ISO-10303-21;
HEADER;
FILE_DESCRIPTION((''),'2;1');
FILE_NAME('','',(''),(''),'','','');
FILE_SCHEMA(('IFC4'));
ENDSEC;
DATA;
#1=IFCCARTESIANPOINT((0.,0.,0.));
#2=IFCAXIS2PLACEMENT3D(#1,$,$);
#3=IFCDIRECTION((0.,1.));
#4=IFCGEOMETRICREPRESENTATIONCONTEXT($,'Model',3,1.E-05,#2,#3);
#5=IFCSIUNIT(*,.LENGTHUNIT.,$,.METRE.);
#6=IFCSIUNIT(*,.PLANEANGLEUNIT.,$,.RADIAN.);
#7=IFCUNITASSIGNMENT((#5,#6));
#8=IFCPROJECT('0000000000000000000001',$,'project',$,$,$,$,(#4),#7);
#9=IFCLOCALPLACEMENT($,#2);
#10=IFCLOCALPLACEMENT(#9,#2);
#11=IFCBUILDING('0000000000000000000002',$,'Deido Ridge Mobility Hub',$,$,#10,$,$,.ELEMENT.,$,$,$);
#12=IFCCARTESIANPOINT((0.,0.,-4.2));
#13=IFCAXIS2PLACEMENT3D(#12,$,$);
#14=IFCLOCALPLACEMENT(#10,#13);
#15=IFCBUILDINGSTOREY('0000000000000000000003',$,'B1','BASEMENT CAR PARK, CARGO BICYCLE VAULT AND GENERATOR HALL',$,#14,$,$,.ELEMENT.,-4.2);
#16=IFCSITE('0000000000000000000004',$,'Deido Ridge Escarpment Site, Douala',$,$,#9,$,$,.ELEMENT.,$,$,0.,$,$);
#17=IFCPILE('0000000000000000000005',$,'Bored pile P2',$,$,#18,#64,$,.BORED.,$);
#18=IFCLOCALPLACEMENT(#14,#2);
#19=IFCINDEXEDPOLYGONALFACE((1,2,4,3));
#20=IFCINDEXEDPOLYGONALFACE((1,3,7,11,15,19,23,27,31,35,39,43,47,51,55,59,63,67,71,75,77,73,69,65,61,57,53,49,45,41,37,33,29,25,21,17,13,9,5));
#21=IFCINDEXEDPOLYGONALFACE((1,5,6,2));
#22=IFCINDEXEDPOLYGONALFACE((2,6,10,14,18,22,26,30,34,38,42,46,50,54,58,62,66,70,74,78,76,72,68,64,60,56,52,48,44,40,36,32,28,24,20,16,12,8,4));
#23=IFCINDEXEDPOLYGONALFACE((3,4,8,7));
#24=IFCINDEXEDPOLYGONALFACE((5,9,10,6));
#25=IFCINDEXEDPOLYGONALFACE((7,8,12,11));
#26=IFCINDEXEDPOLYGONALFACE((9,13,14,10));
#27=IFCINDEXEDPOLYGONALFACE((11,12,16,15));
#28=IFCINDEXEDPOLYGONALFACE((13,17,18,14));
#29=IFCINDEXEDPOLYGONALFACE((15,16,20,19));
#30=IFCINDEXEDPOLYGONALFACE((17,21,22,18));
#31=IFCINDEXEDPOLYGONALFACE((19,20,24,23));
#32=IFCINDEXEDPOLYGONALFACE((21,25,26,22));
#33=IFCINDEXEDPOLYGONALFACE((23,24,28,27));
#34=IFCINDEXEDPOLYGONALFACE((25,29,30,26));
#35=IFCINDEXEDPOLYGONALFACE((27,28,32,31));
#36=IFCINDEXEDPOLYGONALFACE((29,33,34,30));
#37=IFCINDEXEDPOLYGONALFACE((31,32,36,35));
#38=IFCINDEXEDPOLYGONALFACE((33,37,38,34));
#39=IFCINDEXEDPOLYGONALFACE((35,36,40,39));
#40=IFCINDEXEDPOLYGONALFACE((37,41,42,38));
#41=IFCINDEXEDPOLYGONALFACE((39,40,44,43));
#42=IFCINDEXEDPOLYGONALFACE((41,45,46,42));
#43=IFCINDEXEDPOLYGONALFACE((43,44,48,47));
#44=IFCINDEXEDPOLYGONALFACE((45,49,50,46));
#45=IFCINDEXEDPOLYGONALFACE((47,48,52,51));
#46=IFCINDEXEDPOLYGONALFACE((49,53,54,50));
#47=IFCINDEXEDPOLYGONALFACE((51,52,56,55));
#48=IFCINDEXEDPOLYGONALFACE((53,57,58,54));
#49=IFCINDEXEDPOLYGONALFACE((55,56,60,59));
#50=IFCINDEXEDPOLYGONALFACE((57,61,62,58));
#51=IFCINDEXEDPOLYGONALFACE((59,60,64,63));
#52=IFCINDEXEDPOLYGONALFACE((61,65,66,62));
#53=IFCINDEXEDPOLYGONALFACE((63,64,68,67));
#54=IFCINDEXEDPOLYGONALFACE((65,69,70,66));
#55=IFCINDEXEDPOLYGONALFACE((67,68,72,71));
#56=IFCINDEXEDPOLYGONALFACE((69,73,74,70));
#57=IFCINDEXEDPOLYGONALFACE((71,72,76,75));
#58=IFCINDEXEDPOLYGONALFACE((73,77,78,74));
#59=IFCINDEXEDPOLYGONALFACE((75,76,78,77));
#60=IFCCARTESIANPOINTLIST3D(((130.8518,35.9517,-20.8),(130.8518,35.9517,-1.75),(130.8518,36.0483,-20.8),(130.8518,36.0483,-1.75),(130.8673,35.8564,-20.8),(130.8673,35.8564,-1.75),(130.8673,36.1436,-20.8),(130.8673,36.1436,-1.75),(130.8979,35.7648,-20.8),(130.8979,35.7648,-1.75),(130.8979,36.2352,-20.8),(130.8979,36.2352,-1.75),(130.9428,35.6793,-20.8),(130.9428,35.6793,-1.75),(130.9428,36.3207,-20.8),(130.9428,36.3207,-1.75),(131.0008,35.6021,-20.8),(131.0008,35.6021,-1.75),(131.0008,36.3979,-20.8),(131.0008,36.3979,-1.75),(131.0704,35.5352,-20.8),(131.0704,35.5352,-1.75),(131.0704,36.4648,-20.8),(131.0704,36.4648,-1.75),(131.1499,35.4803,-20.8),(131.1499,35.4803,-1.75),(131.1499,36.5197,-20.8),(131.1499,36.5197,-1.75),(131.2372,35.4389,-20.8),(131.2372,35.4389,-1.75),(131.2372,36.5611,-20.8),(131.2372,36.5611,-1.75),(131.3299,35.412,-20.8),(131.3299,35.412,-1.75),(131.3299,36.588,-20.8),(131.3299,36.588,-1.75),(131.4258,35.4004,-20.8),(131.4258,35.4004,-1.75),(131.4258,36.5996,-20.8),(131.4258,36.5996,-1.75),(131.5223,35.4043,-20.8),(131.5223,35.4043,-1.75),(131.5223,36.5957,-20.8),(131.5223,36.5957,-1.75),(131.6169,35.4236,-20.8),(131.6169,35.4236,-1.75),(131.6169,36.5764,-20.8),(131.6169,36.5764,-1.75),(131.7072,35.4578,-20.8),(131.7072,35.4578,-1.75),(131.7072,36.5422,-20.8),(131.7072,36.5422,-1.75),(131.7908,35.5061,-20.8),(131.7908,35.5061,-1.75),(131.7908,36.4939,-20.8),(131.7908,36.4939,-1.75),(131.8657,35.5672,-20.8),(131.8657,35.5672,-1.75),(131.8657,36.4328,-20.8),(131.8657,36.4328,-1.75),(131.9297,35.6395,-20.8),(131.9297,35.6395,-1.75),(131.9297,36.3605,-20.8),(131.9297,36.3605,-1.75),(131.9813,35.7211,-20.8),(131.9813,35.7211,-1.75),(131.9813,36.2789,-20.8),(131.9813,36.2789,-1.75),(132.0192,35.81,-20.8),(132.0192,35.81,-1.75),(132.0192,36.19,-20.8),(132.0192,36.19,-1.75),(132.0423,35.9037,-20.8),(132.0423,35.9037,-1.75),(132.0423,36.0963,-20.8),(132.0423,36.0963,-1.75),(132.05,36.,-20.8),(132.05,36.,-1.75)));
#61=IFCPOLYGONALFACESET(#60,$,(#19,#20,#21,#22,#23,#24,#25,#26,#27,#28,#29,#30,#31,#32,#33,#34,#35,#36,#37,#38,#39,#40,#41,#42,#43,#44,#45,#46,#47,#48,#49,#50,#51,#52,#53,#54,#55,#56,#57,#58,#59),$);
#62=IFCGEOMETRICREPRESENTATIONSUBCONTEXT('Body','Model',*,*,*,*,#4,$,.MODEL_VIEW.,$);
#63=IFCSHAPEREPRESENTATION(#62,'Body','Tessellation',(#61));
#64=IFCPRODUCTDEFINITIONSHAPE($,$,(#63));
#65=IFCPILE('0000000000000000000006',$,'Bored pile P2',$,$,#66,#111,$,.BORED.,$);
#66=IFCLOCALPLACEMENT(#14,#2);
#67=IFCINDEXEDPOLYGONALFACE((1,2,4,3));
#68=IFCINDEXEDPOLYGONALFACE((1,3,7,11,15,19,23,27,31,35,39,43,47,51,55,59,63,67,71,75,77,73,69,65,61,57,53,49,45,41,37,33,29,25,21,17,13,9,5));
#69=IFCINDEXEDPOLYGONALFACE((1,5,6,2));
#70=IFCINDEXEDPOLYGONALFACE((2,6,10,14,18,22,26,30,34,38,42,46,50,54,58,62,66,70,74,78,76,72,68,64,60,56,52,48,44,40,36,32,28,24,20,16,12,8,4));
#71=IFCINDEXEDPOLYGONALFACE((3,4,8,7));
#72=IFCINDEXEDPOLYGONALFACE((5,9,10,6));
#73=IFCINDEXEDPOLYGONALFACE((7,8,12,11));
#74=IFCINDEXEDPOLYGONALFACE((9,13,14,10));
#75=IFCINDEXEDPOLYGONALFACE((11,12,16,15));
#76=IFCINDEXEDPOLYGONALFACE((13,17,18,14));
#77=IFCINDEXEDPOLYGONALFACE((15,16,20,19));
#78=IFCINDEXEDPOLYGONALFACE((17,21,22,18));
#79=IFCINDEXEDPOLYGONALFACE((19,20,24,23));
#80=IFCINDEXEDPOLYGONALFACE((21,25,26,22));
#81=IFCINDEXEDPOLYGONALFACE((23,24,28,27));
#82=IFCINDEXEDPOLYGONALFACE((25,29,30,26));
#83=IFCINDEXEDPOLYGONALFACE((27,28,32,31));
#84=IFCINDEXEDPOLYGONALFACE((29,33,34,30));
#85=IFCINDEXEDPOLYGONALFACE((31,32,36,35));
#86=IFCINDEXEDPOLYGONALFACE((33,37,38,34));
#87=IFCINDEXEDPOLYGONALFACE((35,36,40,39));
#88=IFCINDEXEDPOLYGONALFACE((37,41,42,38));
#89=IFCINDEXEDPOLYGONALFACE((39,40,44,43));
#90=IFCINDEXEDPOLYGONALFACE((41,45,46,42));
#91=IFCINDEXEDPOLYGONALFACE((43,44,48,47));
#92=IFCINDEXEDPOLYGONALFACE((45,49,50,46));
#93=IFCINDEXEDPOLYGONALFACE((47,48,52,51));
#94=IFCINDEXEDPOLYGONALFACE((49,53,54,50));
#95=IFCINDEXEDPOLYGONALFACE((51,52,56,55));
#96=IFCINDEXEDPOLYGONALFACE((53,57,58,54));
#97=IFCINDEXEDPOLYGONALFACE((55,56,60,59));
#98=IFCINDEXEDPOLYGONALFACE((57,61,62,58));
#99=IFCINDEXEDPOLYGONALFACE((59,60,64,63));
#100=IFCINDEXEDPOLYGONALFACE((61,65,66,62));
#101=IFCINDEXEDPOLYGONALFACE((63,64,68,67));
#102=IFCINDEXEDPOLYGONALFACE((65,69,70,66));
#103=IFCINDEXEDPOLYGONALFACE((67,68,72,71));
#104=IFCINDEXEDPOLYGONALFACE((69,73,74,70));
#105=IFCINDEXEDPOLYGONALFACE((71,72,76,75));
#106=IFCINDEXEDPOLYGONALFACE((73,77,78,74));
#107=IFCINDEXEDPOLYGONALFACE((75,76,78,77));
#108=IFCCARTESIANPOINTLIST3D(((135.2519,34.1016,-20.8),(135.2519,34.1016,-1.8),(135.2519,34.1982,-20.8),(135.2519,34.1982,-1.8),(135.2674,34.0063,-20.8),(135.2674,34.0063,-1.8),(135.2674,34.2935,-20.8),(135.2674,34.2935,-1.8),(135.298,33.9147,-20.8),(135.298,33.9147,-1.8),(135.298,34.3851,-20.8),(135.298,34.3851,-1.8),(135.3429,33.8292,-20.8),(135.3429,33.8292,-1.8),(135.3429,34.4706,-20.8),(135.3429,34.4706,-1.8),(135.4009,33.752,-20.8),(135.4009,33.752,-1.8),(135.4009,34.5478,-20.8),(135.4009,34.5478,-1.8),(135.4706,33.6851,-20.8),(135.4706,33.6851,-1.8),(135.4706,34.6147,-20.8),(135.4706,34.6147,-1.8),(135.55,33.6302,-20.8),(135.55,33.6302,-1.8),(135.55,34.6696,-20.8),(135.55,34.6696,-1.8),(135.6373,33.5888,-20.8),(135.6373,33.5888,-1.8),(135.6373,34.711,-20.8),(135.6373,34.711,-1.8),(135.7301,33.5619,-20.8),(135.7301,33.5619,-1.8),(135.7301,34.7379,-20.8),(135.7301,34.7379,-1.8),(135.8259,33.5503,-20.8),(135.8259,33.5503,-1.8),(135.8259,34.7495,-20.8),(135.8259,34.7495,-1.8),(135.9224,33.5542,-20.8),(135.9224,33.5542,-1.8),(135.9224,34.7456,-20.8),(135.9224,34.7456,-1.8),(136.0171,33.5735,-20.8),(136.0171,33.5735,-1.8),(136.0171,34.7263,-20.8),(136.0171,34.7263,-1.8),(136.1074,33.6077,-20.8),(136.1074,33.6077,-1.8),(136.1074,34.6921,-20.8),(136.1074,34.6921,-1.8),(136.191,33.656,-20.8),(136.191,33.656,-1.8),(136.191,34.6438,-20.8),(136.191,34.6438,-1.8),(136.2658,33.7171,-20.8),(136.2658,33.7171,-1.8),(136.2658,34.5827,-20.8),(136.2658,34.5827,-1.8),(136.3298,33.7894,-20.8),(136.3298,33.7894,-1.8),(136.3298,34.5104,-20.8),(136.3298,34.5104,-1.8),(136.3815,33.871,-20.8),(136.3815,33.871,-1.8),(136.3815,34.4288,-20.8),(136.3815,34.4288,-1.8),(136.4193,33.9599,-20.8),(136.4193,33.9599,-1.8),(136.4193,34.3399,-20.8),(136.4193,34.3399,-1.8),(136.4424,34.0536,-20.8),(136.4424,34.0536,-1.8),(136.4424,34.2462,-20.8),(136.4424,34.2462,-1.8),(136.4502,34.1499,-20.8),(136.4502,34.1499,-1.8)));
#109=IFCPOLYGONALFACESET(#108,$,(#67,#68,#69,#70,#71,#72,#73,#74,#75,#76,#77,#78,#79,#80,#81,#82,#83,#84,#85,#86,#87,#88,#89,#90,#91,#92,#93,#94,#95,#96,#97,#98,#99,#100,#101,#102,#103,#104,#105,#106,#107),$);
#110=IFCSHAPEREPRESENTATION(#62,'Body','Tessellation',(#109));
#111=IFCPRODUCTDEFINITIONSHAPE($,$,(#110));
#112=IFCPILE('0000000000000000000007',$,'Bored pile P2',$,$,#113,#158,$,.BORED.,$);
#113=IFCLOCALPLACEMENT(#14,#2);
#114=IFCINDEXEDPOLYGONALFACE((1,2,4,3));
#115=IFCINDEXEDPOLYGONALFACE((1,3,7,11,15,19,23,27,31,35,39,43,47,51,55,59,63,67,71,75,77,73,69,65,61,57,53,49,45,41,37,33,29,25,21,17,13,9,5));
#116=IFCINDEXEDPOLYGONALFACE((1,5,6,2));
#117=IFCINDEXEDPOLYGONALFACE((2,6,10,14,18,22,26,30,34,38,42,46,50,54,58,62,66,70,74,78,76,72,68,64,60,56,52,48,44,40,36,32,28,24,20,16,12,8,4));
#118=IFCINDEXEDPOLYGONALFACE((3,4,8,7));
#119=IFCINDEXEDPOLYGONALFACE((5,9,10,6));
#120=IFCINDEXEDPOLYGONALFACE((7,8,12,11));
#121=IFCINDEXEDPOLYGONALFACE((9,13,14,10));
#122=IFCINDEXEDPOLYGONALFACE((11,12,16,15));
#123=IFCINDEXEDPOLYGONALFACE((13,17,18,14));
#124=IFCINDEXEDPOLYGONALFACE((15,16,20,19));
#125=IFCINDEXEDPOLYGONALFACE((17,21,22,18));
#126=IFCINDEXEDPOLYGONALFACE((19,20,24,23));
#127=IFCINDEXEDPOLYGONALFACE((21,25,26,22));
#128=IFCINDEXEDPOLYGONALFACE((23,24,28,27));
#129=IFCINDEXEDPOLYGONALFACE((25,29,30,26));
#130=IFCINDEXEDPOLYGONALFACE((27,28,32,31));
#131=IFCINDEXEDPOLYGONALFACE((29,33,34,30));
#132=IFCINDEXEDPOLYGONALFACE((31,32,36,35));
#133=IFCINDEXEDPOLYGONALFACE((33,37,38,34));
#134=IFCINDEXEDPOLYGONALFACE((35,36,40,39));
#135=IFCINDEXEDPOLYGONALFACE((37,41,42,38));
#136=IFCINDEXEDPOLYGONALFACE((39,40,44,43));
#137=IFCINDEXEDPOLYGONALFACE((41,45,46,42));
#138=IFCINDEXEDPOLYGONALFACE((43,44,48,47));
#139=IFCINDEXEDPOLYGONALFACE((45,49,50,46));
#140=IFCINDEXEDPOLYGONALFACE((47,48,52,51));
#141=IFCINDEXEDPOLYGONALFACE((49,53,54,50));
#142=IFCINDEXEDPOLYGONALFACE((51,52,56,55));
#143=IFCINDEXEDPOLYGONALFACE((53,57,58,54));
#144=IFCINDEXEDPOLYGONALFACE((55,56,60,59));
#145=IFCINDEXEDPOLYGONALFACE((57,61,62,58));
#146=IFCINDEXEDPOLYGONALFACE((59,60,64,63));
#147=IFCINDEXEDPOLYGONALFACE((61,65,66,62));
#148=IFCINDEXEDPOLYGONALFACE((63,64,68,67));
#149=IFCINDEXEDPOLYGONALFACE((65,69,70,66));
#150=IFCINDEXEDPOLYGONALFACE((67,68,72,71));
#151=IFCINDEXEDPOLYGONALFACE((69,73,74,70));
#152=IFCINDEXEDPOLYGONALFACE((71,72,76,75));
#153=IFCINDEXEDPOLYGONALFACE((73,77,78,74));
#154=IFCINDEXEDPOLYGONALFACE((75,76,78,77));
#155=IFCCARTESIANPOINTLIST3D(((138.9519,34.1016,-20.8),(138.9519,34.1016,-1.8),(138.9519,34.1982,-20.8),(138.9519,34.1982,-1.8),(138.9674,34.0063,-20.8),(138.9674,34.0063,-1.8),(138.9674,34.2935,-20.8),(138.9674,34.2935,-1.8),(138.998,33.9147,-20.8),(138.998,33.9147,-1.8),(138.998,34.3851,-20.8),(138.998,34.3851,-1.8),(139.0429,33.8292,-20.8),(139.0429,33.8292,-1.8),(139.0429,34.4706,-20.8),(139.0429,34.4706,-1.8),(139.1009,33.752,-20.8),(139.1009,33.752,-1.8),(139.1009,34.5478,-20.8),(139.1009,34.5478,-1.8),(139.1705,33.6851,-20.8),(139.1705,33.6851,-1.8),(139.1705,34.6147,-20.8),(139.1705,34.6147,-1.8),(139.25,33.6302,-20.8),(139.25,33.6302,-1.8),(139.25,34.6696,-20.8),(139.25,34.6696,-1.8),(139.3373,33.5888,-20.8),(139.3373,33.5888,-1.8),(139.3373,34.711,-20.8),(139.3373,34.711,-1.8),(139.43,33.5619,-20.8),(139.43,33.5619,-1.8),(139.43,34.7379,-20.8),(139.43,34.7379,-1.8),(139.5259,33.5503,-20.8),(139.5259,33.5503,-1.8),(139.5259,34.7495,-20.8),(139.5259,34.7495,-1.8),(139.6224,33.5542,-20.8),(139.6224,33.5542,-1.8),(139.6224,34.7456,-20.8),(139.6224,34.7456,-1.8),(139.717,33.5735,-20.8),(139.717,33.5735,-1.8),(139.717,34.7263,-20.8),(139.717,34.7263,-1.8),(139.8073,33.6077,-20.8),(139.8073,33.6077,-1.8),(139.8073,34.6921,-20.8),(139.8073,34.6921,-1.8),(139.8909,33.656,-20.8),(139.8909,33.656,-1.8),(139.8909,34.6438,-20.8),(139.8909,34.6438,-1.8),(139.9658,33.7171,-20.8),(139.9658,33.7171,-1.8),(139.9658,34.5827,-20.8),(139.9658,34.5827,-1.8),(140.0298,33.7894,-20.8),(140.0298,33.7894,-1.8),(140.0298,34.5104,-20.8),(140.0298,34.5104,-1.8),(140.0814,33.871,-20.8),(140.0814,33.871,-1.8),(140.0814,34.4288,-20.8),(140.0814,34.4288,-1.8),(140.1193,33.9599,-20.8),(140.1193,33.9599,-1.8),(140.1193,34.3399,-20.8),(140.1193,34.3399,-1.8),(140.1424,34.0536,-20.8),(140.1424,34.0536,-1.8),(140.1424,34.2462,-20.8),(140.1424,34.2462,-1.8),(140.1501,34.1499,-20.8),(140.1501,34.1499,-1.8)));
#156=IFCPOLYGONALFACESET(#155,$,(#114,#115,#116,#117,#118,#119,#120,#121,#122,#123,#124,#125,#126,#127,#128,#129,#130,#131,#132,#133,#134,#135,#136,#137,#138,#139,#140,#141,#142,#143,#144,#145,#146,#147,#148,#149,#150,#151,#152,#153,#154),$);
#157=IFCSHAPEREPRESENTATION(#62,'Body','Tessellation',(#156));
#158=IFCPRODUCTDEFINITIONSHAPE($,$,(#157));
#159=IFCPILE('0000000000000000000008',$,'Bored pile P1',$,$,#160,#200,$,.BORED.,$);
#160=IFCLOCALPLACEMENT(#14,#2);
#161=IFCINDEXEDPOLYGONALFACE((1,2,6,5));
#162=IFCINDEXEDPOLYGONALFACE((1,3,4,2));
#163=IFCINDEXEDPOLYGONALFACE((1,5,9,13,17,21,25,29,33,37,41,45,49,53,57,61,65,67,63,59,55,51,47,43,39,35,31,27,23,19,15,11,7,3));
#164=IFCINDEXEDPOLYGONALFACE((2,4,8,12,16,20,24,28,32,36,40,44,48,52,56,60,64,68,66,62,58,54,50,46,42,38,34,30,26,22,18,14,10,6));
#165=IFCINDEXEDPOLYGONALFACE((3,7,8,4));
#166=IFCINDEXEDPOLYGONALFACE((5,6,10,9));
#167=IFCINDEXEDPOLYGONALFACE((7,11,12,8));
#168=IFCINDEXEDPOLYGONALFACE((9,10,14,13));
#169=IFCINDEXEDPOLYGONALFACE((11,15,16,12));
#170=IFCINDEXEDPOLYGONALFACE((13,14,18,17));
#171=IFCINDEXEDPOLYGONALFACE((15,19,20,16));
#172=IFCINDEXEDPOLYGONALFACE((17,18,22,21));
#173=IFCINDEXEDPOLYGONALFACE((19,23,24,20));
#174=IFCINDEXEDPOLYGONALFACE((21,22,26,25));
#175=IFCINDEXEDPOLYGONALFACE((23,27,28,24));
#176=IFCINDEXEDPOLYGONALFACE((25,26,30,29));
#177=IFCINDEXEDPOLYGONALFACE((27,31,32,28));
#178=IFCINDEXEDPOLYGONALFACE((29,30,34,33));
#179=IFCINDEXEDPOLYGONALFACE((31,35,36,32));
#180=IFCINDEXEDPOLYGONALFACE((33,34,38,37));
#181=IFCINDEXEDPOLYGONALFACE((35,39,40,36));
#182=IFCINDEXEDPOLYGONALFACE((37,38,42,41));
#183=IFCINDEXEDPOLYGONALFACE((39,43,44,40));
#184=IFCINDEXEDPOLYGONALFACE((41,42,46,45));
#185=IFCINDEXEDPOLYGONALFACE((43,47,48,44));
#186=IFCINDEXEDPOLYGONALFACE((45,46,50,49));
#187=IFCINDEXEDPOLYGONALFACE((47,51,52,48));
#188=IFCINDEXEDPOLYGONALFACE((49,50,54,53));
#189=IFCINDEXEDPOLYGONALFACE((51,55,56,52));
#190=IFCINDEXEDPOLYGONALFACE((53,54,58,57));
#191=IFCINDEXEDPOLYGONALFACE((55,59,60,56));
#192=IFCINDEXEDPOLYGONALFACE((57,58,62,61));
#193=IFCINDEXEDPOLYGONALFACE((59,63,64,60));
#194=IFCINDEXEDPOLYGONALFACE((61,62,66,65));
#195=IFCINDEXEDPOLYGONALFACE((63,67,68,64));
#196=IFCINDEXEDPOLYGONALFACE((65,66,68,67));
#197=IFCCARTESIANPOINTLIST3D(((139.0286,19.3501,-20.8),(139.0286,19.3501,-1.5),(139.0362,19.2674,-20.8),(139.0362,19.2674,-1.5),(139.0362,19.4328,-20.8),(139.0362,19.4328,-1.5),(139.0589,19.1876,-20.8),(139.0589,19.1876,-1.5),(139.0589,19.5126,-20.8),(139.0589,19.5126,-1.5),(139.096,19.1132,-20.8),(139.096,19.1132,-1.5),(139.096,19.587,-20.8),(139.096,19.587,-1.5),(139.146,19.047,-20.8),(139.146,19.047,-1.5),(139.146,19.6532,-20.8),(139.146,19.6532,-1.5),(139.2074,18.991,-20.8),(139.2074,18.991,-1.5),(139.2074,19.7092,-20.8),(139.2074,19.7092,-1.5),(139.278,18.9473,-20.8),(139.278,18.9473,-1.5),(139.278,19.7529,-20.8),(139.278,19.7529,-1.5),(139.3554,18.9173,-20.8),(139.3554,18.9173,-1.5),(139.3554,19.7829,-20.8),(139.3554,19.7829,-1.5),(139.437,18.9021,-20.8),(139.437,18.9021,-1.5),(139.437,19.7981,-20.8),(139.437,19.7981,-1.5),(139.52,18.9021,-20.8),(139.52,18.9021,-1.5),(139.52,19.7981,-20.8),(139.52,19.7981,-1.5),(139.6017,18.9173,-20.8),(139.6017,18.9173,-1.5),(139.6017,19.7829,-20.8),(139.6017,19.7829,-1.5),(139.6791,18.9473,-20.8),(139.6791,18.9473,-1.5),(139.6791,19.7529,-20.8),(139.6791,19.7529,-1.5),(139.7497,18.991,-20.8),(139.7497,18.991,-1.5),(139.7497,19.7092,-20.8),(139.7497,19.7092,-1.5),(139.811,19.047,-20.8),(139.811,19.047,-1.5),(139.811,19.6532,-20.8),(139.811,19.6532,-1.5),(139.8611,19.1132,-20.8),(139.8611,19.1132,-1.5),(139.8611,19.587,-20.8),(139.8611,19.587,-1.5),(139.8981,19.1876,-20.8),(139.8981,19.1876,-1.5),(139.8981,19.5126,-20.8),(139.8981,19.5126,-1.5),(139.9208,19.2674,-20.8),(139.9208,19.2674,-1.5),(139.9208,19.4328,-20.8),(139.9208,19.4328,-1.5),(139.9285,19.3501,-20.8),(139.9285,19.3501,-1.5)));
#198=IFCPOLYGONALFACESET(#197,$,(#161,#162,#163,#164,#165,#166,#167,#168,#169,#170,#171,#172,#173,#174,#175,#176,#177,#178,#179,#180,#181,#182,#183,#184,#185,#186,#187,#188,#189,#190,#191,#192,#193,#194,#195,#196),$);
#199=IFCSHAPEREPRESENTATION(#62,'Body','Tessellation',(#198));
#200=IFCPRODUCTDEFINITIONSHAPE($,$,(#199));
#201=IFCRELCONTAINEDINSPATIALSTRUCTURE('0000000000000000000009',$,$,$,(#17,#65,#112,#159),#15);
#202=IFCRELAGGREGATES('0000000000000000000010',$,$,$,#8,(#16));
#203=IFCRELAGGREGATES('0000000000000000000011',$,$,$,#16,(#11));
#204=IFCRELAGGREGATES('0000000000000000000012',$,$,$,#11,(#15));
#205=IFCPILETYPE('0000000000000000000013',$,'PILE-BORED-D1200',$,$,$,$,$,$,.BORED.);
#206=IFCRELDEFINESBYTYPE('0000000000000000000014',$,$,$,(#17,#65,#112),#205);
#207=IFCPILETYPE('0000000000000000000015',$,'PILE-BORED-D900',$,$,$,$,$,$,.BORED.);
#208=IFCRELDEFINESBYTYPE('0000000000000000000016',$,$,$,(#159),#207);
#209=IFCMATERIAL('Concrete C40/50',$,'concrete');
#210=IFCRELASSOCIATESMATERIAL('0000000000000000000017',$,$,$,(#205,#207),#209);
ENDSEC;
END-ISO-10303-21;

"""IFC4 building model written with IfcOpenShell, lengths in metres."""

from ifc_helpers import new_model, si_unit, direction, frame, origin, origin_2d, place, context, subcontext, project, spatial, circle, extrude, material, material_profile, profile_set, type_object, element, save


model = new_model("IFC4")

# Units and contexts
model_context = context("Model", 3, precision=1e-05, world=origin(), true_north=direction((0.0, 1.0)))
body_context = subcontext(model_context, "Body", "Model", "MODEL_VIEW")
ifc_project = project(units=[si_unit("LENGTHUNIT", "METRE"), si_unit("PLANEANGLEUNIT", "RADIAN")], contexts=[model_context])

# Site, building, storey
site_placement = place(None, origin())
site = spatial("IfcSite", under=ifc_project, at=site_placement, Name="Deido Ridge Escarpment Site, Douala", CompositionType="ELEMENT", RefElevation=0.0)
building_placement = place(site_placement, origin())
building = spatial("IfcBuilding", under=site, at=building_placement, Name="Deido Ridge Mobility Hub", CompositionType="ELEMENT")
storey_placement = place(building_placement, frame((0.0, 0.0, -4.2)))
storey = spatial("IfcBuildingStorey", under=building, at=storey_placement, Name="B1", Description="BASEMENT CAR PARK, CARGO BICYCLE VAULT AND GENERATOR HALL", CompositionType="ELEMENT", Elevation=-4.2)

# Shared definitions
ifc_material_1 = material(Name="Concrete C40/50", Category="concrete")

# Piles
ifc_material_profile_1 = material_profile(ifc_material_1, circle(Radius=0.6001, at=origin_2d()), Name="BORED PILE D1200")
ifc_profile_set_1 = profile_set([ifc_material_profile_1], Name="Concrete C40/50")
pile_type_1 = type_object("IfcPileType", Name="PILE-BORED-D1200", PredefinedType="BORED", material=ifc_profile_set_1)
pile_placement = place(storey_placement, frame((131.45, 36.0, -1.75), z_axis=(0.0, 0.0, -1.0), x_axis=(1.0, 0.0, 0.0)))
element("IfcPile", 1, at=pile_placement, inside=storey, type_object=pile_type_1, Name="Bored pile P2", PredefinedType="BORED", context=body_context, shape_type="SweptSolid", body=[
    extrude(circle(Radius=0.6001, at=origin_2d()), origin(), (0.0, 0.0, 1.0), 19.05),
])
for number, where, z_axis, x_axis, name in (
    (2, (135.8501, 34.1499, -1.8), (0.0, 0.0, -1.0), (1.0, 0.0, 0.0), "Bored pile P2"),
    (3, (139.55, 34.1499, -1.8), (0.0, 0.0, -1.0), (1.0, 0.0, 0.0), "Bored pile P2"),
):
    element("IfcPile", number, at=place(storey_placement, frame(where, z_axis=z_axis, x_axis=x_axis)), inside=storey, type_object=pile_type_1, Name=name, PredefinedType="BORED", context=body_context, shape_type="SweptSolid", body=[
        extrude(circle(Radius=0.6001, at=origin_2d()), origin(), (0.0, 0.0, 1.0), 19.0),
    ])
ifc_material_profile_2 = material_profile(ifc_material_1, circle(Radius=0.45, at=origin_2d()), Name="BORED PILE D900")
ifc_profile_set_2 = profile_set([ifc_material_profile_2], Name="Concrete C40/50")
pile_type_2 = type_object("IfcPileType", Name="PILE-BORED-D900", PredefinedType="BORED", material=ifc_profile_set_2)
for number, where, z_axis, x_axis, name in (
    (4, (139.4785, 19.3501, -1.5), (0.0, 0.0, -1.0), (1.0, 0.0, 0.0), "Bored pile P1"),
):
    element("IfcPile", number, at=place(storey_placement, frame(where, z_axis=z_axis, x_axis=x_axis)), inside=storey, type_object=pile_type_2, Name=name, PredefinedType="BORED", context=body_context, shape_type="SweptSolid", body=[
        extrude(circle(Radius=0.45, at=origin_2d()), origin(), (0.0, 0.0, 1.0), 19.3),
    ])

save(model, "model.ifc")
